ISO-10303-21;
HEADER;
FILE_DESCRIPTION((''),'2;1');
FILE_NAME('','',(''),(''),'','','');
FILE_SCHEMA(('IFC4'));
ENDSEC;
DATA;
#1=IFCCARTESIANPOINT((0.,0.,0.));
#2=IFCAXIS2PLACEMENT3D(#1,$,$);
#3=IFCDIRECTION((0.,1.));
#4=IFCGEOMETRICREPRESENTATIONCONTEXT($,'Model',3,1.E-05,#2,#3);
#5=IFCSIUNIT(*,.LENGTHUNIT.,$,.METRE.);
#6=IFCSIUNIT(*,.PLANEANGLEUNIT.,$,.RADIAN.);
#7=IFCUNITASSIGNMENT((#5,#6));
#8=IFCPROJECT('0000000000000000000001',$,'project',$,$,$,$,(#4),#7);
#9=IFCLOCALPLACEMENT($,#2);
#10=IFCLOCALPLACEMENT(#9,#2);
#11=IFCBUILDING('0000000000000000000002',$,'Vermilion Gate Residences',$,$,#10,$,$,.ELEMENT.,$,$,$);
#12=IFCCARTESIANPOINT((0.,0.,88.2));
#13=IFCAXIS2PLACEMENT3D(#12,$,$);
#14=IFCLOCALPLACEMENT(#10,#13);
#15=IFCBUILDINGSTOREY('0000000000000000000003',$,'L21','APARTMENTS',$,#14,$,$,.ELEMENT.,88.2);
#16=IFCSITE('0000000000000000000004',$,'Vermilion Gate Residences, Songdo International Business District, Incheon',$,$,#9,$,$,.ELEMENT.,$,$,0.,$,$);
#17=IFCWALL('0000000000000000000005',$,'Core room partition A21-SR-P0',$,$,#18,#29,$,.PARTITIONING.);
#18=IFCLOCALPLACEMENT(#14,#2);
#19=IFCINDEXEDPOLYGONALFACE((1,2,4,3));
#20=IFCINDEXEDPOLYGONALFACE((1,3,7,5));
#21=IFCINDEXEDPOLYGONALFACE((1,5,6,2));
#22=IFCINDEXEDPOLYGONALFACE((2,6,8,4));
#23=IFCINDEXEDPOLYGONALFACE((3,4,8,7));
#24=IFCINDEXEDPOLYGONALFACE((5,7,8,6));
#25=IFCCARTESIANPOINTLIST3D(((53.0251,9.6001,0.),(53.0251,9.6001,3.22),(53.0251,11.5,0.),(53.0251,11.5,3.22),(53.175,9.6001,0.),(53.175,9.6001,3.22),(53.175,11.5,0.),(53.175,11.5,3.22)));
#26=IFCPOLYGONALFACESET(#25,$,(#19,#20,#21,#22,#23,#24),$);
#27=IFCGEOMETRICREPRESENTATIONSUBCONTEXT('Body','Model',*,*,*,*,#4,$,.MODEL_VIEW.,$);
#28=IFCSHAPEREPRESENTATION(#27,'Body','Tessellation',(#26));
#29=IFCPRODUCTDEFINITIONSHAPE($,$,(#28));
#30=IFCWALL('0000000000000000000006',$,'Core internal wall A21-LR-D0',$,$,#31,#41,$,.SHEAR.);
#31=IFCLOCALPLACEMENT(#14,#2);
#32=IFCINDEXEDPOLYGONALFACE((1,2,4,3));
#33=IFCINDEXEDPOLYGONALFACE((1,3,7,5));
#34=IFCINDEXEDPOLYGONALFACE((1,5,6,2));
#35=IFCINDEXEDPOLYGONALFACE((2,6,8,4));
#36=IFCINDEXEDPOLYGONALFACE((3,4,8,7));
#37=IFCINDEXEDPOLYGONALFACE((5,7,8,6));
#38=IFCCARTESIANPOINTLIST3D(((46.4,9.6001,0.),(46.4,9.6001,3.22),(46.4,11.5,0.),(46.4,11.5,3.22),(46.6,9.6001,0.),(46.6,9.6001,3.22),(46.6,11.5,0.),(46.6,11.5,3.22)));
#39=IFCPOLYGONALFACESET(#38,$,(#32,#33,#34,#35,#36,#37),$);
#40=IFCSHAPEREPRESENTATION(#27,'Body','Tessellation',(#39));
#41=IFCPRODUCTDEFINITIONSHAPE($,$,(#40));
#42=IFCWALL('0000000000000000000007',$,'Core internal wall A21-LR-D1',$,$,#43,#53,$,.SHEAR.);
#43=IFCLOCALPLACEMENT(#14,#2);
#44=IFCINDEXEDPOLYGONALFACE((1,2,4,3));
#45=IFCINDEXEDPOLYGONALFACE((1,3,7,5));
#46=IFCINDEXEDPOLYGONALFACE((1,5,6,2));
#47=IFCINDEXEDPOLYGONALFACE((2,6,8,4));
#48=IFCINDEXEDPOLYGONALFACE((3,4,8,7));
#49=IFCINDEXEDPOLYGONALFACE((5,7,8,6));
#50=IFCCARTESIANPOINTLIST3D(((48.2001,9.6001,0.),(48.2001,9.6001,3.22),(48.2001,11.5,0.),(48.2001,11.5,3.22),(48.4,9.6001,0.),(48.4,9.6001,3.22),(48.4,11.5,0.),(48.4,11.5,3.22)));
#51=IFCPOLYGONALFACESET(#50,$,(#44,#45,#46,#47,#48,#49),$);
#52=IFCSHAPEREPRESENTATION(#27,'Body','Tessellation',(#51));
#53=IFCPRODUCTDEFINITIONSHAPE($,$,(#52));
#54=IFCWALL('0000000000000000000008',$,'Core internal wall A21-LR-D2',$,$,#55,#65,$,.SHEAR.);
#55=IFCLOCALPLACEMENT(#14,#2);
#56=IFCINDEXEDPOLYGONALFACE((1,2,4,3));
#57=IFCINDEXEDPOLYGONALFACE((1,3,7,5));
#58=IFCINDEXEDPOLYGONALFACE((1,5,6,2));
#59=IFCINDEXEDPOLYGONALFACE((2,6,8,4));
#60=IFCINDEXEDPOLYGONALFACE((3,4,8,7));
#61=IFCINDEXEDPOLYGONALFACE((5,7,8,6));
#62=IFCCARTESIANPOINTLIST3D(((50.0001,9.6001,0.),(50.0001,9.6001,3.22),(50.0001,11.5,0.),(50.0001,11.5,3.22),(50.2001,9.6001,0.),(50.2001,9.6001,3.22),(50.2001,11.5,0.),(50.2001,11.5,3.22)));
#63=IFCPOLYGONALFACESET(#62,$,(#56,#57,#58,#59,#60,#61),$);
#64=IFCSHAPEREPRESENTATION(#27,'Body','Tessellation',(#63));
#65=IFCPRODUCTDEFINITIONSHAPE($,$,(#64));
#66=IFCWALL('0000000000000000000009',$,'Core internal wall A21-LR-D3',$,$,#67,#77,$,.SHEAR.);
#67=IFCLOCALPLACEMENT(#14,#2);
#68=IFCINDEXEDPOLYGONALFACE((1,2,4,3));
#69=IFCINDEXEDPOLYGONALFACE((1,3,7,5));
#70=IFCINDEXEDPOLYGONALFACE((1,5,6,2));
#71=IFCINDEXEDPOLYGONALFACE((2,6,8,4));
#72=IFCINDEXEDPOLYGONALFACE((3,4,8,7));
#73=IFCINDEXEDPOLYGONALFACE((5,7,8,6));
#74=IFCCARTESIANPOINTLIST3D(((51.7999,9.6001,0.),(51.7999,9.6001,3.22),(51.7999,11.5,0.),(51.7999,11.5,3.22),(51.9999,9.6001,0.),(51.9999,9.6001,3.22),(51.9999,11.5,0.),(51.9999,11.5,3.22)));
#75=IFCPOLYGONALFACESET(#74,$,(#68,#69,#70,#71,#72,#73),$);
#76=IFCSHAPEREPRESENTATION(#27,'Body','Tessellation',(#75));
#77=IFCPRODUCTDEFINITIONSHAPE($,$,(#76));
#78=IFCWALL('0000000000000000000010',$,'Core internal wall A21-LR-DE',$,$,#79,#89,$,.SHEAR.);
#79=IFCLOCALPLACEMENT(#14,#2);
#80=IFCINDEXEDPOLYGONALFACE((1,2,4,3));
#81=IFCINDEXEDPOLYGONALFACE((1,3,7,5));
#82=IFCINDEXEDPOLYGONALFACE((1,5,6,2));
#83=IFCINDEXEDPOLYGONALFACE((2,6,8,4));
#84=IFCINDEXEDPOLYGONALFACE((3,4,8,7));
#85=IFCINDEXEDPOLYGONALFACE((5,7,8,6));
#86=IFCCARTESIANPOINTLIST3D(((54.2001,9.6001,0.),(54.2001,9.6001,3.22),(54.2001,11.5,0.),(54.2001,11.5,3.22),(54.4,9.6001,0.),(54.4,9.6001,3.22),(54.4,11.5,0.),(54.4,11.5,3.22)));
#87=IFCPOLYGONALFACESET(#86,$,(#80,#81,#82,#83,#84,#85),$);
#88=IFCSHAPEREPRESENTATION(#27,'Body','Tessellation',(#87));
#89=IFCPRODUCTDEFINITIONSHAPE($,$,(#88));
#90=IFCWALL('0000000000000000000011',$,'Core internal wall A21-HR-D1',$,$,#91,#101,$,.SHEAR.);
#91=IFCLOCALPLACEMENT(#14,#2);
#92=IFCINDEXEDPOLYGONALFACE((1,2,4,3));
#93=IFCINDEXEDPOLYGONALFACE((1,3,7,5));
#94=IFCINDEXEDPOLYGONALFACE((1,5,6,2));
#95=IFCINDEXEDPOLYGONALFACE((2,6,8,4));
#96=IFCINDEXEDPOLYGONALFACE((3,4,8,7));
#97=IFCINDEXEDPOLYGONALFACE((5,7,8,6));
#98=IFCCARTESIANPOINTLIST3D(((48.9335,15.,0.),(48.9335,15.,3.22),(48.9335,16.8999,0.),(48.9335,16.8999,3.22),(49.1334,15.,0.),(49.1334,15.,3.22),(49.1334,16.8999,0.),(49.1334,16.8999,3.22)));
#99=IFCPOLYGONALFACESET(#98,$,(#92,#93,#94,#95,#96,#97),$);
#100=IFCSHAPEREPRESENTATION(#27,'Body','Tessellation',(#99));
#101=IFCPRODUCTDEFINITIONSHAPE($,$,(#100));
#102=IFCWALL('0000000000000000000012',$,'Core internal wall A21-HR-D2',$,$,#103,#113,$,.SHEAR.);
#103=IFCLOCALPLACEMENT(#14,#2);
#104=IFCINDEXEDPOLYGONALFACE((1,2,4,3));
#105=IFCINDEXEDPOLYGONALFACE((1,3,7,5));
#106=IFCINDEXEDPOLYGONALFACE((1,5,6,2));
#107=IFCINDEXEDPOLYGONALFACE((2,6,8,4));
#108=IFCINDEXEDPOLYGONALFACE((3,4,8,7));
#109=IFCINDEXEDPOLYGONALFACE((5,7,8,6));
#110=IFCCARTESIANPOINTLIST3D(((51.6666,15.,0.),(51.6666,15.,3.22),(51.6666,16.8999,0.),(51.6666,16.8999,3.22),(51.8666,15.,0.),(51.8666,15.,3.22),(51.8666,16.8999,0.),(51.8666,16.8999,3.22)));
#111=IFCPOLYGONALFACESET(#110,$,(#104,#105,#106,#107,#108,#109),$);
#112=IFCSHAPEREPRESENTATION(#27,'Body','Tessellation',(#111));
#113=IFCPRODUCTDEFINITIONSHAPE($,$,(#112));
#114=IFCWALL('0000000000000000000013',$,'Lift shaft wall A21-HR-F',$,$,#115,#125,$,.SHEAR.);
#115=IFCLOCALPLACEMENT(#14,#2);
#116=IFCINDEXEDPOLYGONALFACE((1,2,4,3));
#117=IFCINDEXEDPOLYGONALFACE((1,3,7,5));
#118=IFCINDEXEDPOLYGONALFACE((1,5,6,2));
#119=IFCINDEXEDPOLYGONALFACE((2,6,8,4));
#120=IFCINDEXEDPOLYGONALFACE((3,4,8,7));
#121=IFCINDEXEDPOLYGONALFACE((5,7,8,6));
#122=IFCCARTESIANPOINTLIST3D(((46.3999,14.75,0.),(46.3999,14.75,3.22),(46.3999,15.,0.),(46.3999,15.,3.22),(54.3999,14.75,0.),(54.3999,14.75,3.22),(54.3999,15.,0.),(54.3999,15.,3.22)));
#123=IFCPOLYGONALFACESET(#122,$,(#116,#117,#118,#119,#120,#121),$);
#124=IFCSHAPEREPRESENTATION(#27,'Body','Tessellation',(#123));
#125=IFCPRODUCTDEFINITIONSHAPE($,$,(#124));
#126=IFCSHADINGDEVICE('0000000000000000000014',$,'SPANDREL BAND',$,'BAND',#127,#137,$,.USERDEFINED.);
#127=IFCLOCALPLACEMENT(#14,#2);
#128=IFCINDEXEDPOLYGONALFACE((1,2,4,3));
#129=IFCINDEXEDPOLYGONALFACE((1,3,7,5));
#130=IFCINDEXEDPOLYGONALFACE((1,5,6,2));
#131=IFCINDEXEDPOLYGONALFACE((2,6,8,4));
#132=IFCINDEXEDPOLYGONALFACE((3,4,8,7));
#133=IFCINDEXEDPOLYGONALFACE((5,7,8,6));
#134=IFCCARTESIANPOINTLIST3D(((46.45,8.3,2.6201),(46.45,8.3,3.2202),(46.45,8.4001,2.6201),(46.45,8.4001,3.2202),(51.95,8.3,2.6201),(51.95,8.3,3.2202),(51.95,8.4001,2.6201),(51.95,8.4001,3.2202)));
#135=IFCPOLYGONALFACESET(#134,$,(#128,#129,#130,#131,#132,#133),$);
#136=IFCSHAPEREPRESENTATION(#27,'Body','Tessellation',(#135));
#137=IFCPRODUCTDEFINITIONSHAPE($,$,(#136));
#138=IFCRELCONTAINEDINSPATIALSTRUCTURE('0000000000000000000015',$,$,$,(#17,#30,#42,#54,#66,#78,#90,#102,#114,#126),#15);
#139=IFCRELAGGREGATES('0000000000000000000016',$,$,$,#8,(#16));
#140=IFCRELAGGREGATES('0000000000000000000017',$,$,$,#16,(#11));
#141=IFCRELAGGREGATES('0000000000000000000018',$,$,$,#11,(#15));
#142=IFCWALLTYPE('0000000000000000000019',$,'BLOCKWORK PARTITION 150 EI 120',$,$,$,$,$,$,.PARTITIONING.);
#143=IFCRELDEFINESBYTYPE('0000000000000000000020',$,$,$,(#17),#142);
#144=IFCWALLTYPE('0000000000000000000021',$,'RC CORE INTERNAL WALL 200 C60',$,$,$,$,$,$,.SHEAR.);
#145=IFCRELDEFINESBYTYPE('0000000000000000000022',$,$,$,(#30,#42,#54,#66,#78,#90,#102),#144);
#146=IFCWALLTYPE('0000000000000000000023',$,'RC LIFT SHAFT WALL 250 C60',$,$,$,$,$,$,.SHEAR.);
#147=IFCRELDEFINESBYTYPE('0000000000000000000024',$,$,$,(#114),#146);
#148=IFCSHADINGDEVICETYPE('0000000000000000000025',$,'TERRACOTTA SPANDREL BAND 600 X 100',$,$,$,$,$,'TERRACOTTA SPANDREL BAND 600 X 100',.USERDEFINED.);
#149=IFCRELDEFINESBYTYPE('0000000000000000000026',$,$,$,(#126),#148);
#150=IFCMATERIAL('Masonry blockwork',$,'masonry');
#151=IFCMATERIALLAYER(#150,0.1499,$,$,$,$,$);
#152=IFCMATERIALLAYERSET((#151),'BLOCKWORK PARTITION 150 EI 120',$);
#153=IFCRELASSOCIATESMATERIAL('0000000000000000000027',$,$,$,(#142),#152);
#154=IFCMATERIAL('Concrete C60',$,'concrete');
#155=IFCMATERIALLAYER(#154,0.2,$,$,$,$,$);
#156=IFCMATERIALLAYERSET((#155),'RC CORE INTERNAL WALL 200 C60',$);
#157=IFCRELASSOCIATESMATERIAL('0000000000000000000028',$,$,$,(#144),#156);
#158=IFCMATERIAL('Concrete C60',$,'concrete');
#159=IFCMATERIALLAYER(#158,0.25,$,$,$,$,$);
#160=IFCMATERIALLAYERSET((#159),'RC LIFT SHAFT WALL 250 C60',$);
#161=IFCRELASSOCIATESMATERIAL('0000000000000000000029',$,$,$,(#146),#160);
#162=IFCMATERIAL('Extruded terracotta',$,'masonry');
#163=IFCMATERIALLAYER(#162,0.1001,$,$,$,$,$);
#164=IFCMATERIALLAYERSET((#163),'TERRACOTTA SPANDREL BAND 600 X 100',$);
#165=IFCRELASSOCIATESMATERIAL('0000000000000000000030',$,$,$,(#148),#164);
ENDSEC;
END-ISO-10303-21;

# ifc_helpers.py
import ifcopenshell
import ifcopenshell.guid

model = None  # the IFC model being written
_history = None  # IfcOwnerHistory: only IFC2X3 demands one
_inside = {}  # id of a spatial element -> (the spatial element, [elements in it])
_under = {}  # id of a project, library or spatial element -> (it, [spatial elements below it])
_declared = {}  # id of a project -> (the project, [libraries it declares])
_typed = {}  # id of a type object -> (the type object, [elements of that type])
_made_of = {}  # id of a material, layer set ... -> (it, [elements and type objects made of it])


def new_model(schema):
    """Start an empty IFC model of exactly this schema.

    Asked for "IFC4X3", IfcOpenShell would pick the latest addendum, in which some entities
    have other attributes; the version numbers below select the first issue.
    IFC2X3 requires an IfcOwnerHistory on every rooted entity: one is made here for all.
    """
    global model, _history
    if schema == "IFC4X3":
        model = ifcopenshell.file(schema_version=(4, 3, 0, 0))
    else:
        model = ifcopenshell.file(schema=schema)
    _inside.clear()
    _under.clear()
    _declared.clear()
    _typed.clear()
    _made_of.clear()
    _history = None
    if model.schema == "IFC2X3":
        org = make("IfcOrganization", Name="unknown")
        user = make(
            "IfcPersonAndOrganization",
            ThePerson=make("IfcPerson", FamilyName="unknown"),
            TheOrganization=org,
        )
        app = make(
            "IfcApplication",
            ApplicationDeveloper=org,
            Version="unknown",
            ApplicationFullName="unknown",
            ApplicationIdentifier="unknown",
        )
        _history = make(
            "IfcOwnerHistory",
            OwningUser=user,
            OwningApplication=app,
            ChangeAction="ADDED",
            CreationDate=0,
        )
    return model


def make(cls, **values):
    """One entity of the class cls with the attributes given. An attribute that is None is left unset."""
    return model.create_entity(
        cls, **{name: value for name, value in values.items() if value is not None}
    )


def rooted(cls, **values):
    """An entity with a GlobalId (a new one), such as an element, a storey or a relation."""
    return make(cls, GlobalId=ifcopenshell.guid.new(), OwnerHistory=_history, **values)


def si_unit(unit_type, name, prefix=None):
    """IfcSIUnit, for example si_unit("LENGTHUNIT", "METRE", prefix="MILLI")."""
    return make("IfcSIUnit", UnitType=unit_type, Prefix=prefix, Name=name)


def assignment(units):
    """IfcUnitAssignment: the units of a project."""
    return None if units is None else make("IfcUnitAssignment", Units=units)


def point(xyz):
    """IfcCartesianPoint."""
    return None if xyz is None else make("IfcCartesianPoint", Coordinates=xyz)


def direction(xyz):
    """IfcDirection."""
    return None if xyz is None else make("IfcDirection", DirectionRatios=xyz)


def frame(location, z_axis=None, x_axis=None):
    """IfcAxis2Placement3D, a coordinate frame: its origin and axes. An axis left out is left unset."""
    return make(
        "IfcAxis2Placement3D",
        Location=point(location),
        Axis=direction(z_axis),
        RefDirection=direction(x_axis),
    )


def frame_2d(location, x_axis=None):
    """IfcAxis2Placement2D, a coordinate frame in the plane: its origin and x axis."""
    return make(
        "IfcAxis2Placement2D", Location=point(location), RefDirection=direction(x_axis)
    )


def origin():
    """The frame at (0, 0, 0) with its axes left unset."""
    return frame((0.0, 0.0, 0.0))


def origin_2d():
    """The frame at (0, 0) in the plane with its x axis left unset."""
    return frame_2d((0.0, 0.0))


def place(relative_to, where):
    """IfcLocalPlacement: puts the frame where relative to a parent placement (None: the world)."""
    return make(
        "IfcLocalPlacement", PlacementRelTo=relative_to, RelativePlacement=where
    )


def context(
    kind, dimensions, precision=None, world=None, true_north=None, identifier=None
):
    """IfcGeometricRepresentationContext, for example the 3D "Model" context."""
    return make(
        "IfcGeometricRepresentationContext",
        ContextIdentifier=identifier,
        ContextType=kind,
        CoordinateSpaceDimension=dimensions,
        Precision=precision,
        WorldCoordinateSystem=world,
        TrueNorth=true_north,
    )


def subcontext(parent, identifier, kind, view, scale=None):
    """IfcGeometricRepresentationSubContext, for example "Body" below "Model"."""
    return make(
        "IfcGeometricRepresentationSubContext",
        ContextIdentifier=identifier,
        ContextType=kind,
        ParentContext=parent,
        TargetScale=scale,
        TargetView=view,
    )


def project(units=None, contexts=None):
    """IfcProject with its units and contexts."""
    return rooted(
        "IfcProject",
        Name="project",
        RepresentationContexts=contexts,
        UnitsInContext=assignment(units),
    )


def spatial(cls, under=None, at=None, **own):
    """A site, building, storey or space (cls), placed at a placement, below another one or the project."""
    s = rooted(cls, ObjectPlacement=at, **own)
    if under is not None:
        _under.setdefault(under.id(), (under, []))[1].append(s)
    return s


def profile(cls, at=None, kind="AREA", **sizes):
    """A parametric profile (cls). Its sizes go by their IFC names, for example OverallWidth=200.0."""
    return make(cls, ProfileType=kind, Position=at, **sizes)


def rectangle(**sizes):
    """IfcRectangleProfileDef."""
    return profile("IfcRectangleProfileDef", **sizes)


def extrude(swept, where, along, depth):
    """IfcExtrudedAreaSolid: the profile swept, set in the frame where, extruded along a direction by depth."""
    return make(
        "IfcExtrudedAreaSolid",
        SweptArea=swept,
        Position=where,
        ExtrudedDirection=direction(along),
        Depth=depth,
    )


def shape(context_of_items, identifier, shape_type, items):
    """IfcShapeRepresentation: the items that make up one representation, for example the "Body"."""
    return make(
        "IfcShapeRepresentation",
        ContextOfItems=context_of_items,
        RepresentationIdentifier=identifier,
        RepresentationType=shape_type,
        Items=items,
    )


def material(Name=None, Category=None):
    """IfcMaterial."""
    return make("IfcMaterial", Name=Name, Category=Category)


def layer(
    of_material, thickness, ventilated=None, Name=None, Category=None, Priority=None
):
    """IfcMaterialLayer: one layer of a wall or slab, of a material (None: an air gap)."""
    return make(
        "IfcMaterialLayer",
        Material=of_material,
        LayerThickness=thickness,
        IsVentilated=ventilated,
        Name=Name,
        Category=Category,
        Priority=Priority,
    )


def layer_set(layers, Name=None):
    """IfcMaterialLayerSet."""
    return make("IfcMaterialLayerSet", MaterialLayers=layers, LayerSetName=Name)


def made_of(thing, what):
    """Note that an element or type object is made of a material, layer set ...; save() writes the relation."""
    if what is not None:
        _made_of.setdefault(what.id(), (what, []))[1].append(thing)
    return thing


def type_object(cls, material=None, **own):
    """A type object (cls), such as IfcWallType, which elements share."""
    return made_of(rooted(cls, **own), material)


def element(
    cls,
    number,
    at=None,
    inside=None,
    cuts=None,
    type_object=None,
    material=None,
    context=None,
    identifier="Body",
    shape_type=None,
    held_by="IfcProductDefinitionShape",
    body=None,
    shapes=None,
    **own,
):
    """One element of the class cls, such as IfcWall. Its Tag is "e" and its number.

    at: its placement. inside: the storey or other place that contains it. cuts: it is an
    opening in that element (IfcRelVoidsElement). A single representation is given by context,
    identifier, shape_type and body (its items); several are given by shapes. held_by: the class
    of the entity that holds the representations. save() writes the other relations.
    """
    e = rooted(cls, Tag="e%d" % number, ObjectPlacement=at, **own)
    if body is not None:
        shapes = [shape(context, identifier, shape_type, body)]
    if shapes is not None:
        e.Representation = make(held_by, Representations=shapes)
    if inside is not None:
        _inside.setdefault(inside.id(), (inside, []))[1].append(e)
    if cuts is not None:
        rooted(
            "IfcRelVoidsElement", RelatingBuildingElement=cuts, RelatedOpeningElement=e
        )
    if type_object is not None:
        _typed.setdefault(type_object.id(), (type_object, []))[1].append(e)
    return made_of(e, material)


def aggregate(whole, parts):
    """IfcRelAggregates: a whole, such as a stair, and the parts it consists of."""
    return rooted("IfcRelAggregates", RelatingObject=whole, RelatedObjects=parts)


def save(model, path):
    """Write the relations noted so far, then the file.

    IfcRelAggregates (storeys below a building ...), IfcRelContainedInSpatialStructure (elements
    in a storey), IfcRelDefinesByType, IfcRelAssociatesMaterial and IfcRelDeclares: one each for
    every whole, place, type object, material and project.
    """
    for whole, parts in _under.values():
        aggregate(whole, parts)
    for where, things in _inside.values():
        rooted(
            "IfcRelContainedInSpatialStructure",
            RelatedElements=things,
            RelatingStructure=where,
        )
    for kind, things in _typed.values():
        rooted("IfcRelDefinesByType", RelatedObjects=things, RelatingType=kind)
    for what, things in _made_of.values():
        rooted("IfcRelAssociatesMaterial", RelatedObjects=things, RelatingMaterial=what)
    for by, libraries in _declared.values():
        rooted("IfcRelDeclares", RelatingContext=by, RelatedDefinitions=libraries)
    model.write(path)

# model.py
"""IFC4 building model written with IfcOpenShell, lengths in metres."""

from ifc_helpers import new_model, si_unit, direction, frame, frame_2d, origin, origin_2d, place, context, subcontext, project, spatial, rectangle, extrude, material, layer, layer_set, type_object, element, save


model = new_model("IFC4")

# Units and contexts
model_context = context("Model", 3, precision=1e-05, world=origin(), true_north=direction((0.0, 1.0)))
body_context = subcontext(model_context, "Body", "Model", "MODEL_VIEW")
ifc_project = project(units=[si_unit("LENGTHUNIT", "METRE"), si_unit("PLANEANGLEUNIT", "RADIAN")], contexts=[model_context])

# Site, building, storey
site_placement = place(None, origin())
site = spatial("IfcSite", under=ifc_project, at=site_placement, Name="Vermilion Gate Residences, Songdo International Business District, Incheon", CompositionType="ELEMENT", RefElevation=0.0)
building_placement = place(site_placement, origin())
building = spatial("IfcBuilding", under=site, at=building_placement, Name="Vermilion Gate Residences", CompositionType="ELEMENT")
storey_placement = place(building_placement, frame((0.0, 0.0, 88.2)))
storey = spatial("IfcBuildingStorey", under=building, at=storey_placement, Name="L21", Description="APARTMENTS", CompositionType="ELEMENT", Elevation=88.2)

# Walls
ifc_material_1 = material(Name="Masonry blockwork", Category="masonry")
ifc_layer_1 = layer(ifc_material_1, 0.1499)
ifc_layer_set_1 = layer_set([ifc_layer_1], Name="BLOCKWORK PARTITION 150 EI 120")
wall_type_1 = type_object("IfcWallType", Name="BLOCKWORK PARTITION 150 EI 120", PredefinedType="PARTITIONING", material=ifc_layer_set_1)
wall_1_placement = place(storey_placement, frame((53.1001, 9.6001, 0.0), z_axis=(0.0, 0.0, 1.0), x_axis=(0.0, 1.0, 0.0)))
element("IfcWall", 1, at=wall_1_placement, inside=storey, type_object=wall_type_1, Name="Core room partition A21-SR-P0", PredefinedType="PARTITIONING", context=body_context, shape_type="SweptSolid", body=[
    extrude(rectangle(XDim=1.8999, YDim=0.1499, at=frame_2d((0.95, 0.0))), origin(), (0.0, 0.0, 1.0), 3.22),
])
ifc_material_2 = material(Name="Concrete C60", Category="concrete")
ifc_layer_2 = layer(ifc_material_2, 0.2)
ifc_layer_set_2 = layer_set([ifc_layer_2], Name="RC CORE INTERNAL WALL 200 C60")
wall_type_2 = type_object("IfcWallType", Name="RC CORE INTERNAL WALL 200 C60", PredefinedType="SHEAR", material=ifc_layer_set_2)
for number, where, z_axis, x_axis, name in (
    (2, (46.5, 9.6001, 0.0), (0.0, 0.0, 1.0), (0.0, 1.0, 0.0), "Core internal wall A21-LR-D0"),
    (3, (48.3, 9.6001, 0.0), (0.0, 0.0, 1.0), (0.0, 1.0, 0.0), "Core internal wall A21-LR-D1"),
    (4, (50.1001, 9.6001, 0.0), (0.0, 0.0, 1.0), (0.0, 1.0, 0.0), "Core internal wall A21-LR-D2"),
    (5, (51.8999, 9.6001, 0.0), (0.0, 0.0, 1.0), (0.0, 1.0, 0.0), "Core internal wall A21-LR-D3"),
    (6, (54.3, 9.6001, 0.0), (0.0, 0.0, 1.0), (0.0, 1.0, 0.0), "Core internal wall A21-LR-DE"),
    (7, (49.0334, 15.0, 0.0), (0.0, 0.0, 1.0), (0.0, 1.0, 0.0), "Core internal wall A21-HR-D1"),
    (8, (51.7666, 15.0, 0.0), (0.0, 0.0, 1.0), (0.0, 1.0, 0.0), "Core internal wall A21-HR-D2"),
):
    element("IfcWall", number, at=place(storey_placement, frame(where, z_axis=z_axis, x_axis=x_axis)), inside=storey, type_object=wall_type_2, Name=name, PredefinedType="SHEAR", context=body_context, shape_type="SweptSolid", body=[
        extrude(rectangle(XDim=1.8999, YDim=0.2, at=frame_2d((0.95, 0.0))), origin(), (0.0, 0.0, 1.0), 3.22),
    ])
ifc_material_3 = material(Name="Concrete C60", Category="concrete")
ifc_layer_3 = layer(ifc_material_3, 0.25)
ifc_layer_set_3 = layer_set([ifc_layer_3], Name="RC LIFT SHAFT WALL 250 C60")
wall_type_3 = type_object("IfcWallType", Name="RC LIFT SHAFT WALL 250 C60", PredefinedType="SHEAR", material=ifc_layer_set_3)
wall_2_placement = place(storey_placement, frame((46.3999, 14.875, 0.0), z_axis=(0.0, 0.0, 1.0), x_axis=(1.0, 0.0, 0.0)))
element("IfcWall", 9, at=wall_2_placement, inside=storey, type_object=wall_type_3, Name="Lift shaft wall A21-HR-F", PredefinedType="SHEAR", context=body_context, shape_type="SweptSolid", body=[
    extrude(rectangle(XDim=8.0, YDim=0.25, at=frame_2d((4.0, 0.0))), origin(), (0.0, 0.0, 1.0), 3.22),
])

# Shading device
ifc_material_4 = material(Name="Extruded terracotta", Category="masonry")
ifc_layer_4 = layer(ifc_material_4, 0.1001)
ifc_layer_set_4 = layer_set([ifc_layer_4], Name="TERRACOTTA SPANDREL BAND 600 X 100")
shading_device_type = type_object("IfcShadingDeviceType", Name="TERRACOTTA SPANDREL BAND 600 X 100", ElementType="TERRACOTTA SPANDREL BAND 600 X 100", PredefinedType="USERDEFINED", material=ifc_layer_set_4)
shading_device_placement = place(storey_placement, frame((49.2, 8.3501, 2.6201), z_axis=(0.0, 0.0, 1.0), x_axis=(1.0, 0.0, 0.0)))
element("IfcShadingDevice", 10, at=shading_device_placement, inside=storey, type_object=shading_device_type, Name="SPANDREL BAND", ObjectType="BAND", PredefinedType="USERDEFINED", context=body_context, shape_type="SweptSolid", body=[
    extrude(rectangle(XDim=5.5, YDim=0.1001, at=origin_2d()), origin(), (0.0, 0.0, 1.0), 0.6001),
])

save(model, "model.ifc")
